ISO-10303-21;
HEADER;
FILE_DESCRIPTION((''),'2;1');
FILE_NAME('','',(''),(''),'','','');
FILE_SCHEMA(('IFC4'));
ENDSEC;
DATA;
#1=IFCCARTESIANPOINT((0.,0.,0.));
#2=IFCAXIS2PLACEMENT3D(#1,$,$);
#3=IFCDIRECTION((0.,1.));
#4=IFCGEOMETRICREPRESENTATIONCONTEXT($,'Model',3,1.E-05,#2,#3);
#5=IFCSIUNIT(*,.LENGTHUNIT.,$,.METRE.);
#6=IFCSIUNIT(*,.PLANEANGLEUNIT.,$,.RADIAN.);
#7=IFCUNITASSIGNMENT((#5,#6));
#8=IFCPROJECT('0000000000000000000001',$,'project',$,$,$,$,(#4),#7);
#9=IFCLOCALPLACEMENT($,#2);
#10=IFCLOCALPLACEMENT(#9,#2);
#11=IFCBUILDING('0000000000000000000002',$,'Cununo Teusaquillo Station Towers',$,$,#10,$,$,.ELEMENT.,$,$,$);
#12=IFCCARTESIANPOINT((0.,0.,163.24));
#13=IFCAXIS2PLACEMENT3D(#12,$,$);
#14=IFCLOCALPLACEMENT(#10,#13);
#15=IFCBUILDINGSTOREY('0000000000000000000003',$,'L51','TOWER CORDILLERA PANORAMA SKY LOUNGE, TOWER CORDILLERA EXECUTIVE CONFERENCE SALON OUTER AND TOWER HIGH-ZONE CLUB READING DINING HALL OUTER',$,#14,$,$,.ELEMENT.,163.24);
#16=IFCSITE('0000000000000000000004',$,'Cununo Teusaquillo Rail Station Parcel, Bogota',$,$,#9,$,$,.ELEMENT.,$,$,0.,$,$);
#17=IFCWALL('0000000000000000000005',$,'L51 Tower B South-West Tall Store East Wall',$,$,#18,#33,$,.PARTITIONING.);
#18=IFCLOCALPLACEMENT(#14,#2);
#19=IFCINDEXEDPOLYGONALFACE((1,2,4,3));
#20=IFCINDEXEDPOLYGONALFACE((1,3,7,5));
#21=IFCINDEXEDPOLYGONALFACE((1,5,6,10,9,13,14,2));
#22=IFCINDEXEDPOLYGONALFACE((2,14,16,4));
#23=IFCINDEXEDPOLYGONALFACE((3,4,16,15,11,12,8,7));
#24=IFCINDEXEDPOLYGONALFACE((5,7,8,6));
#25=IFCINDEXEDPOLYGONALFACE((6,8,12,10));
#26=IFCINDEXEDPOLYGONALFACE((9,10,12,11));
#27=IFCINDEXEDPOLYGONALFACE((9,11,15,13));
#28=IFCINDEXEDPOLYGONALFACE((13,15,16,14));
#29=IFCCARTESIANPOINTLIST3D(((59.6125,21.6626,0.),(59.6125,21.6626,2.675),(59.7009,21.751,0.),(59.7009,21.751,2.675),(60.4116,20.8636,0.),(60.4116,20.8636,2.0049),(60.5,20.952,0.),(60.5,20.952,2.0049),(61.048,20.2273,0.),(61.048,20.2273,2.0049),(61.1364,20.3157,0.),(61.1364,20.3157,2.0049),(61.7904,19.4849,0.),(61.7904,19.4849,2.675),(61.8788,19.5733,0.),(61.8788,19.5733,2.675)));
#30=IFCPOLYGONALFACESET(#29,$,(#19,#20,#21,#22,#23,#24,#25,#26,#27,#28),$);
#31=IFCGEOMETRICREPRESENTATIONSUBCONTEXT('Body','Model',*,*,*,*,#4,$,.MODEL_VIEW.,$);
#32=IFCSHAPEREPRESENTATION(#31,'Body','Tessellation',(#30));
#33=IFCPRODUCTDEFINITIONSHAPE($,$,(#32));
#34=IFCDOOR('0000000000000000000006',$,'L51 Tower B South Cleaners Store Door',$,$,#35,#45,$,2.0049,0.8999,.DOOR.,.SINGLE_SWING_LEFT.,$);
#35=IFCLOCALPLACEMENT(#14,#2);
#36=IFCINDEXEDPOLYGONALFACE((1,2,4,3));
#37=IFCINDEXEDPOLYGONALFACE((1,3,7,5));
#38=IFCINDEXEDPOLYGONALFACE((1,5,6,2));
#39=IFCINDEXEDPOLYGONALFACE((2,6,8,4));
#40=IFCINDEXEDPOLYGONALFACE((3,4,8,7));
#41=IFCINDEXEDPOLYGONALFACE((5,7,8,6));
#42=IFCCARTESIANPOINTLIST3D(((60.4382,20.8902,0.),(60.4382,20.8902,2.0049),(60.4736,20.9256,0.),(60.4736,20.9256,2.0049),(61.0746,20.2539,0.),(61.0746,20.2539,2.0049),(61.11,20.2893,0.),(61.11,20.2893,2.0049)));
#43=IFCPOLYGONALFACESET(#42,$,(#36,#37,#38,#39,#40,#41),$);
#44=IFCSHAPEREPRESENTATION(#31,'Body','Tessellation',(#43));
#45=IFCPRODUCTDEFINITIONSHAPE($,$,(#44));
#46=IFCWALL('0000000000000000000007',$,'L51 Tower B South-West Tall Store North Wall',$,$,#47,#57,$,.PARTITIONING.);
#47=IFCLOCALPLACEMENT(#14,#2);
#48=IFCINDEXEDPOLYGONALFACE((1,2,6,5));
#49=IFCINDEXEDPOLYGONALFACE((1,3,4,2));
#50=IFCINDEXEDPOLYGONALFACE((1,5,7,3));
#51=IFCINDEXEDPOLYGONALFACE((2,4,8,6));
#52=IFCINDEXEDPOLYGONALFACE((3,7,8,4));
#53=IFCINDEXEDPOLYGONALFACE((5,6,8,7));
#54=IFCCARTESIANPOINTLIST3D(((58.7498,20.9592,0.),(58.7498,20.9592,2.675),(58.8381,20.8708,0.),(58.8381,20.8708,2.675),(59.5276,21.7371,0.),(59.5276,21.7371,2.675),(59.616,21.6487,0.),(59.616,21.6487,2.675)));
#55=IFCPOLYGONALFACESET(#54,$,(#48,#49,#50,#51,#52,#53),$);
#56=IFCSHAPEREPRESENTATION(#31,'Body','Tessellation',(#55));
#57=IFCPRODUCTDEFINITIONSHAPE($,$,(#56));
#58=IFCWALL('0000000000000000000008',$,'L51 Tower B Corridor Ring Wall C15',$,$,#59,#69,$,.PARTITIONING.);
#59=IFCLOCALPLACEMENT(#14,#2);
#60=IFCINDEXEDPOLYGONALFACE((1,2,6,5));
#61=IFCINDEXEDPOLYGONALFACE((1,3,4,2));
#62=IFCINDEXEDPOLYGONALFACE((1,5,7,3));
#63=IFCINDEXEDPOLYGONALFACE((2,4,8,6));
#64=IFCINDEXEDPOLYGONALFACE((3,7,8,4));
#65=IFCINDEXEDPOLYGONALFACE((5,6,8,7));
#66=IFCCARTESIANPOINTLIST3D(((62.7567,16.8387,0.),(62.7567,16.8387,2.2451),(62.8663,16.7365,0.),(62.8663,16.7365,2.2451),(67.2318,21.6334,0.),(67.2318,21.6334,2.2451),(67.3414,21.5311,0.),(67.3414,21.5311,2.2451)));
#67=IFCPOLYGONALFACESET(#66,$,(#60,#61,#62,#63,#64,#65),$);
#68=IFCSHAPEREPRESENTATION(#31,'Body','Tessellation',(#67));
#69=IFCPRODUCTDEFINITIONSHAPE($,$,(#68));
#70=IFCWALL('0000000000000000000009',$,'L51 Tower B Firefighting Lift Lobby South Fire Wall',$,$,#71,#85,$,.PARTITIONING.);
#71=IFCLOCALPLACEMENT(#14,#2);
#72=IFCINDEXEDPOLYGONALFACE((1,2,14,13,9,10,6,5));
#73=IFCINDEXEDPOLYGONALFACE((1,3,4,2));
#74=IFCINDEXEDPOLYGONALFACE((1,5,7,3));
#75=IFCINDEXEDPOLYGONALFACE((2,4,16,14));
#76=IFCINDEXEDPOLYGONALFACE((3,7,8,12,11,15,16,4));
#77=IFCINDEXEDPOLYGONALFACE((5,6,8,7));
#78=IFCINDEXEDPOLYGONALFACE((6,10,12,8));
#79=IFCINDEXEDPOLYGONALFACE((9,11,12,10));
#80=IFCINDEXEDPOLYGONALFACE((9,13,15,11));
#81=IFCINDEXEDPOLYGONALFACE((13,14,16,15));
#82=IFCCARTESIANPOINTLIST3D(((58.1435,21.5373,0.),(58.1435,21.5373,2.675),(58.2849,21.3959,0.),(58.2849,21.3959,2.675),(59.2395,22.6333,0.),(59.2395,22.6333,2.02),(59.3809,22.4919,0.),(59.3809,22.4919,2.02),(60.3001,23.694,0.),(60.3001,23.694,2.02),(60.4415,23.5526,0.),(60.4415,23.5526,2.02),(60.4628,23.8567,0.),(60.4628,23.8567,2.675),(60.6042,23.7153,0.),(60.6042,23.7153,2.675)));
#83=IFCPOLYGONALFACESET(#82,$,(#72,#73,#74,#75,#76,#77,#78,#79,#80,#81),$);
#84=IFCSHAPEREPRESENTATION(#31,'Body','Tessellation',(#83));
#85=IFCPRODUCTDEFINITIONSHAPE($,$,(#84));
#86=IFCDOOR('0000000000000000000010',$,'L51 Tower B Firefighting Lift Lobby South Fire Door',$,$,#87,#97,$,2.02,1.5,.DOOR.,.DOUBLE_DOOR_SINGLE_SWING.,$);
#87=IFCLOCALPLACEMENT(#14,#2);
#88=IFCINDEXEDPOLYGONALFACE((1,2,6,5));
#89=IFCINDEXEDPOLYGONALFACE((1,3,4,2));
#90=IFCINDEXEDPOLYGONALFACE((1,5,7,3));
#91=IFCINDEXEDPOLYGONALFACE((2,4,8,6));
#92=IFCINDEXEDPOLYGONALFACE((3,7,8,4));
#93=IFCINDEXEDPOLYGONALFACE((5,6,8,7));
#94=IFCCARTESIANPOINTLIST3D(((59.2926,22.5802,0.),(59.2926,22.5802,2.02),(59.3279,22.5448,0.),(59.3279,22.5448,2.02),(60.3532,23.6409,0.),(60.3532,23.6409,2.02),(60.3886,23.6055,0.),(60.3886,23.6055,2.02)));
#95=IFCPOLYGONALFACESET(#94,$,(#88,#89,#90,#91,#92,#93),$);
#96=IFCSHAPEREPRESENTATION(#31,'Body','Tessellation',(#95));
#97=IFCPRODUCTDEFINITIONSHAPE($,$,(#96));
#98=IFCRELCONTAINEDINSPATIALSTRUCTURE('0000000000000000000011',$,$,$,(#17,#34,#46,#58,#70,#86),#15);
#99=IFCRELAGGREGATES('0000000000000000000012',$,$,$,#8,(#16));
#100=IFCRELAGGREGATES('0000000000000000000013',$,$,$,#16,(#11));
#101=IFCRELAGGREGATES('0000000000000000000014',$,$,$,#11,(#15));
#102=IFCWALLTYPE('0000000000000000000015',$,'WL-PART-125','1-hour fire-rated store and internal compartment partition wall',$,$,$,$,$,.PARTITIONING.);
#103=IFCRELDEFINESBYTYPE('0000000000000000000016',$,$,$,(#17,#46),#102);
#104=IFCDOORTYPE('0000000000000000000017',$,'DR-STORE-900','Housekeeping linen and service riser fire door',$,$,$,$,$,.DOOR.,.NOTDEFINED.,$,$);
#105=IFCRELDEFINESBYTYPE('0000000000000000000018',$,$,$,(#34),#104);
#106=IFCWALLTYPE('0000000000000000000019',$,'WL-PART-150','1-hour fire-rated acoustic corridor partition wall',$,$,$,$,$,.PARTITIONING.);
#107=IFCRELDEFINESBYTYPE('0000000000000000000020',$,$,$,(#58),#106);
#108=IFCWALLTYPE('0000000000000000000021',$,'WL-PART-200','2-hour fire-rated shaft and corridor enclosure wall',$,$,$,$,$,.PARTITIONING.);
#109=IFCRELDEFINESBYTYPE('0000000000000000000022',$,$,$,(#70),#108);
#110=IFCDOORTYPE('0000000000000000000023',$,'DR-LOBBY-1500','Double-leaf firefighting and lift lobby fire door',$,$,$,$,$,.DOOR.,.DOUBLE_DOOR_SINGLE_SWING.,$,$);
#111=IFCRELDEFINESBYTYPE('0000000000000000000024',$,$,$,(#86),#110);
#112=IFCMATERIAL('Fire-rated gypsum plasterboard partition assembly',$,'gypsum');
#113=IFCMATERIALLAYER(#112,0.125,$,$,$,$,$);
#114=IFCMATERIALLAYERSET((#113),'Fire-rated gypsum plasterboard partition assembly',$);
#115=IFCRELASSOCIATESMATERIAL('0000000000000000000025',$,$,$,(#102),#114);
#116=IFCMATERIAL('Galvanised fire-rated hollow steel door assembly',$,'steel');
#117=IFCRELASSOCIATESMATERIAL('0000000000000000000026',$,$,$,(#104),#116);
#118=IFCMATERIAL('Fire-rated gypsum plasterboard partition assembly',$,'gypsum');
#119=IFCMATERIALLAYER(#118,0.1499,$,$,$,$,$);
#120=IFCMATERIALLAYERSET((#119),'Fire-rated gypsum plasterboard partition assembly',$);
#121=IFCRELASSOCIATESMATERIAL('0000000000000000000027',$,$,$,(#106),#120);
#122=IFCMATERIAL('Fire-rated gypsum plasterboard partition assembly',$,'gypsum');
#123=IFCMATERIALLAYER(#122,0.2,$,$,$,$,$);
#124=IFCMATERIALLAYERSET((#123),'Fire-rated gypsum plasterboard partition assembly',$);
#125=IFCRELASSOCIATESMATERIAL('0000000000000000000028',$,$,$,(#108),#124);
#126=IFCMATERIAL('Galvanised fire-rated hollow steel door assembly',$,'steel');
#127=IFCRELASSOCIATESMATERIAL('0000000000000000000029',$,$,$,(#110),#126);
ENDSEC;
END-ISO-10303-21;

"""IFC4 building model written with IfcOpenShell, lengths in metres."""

from ifc_helpers import new_model, si_unit, direction, frame, frame_2d, origin, place, context, subcontext, project, spatial, rectangle, extrude, source, transform, mapped, material, layer, layer_set, type_object, element, fill, save


model = new_model("IFC4")

# Units and contexts
model_context = context("Model", 3, precision=1e-05, world=origin(), true_north=direction((0.0, 1.0)))
body_context = subcontext(model_context, "Body", "Model", "MODEL_VIEW")
ifc_project = project(units=[si_unit("LENGTHUNIT", "METRE"), si_unit("PLANEANGLEUNIT", "RADIAN")], contexts=[model_context])

# Site, building, storey
site_placement = place(None, origin())
site = spatial("IfcSite", under=ifc_project, at=site_placement, Name="Cununo Teusaquillo Rail Station Parcel, Bogota", CompositionType="ELEMENT", RefElevation=0.0)
building_placement = place(site_placement, origin())
building = spatial("IfcBuilding", under=site, at=building_placement, Name="Cununo Teusaquillo Station Towers", CompositionType="ELEMENT")
storey_placement = place(building_placement, frame((0.0, 0.0, 163.24)))
storey = spatial("IfcBuildingStorey", under=building, at=storey_placement, Name="L51", Description="TOWER CORDILLERA PANORAMA SKY LOUNGE, TOWER CORDILLERA EXECUTIVE CONFERENCE SALON OUTER AND TOWER HIGH-ZONE CLUB READING DINING HALL OUTER", CompositionType="ELEMENT", Elevation=163.24)

# Wall, opening, door
ifc_material_1 = material(Name="Fire-rated gypsum plasterboard partition assembly", Category="gypsum")
ifc_layer_1 = layer(ifc_material_1, 0.125)
ifc_layer_set_1 = layer_set([ifc_layer_1], Name="Fire-rated gypsum plasterboard partition assembly")
wall_type_1 = type_object("IfcWallType", Name="WL-PART-125", Description="1-hour fire-rated store and internal compartment partition wall", PredefinedType="PARTITIONING", material=ifc_layer_set_1)
wall_1_placement = place(storey_placement, frame((61.8347, 19.5291, 0.0), z_axis=(0.0, 0.0, 1.0), x_axis=(-0.707146, 0.707067, 0.0)))
wall_1 = element("IfcWall", 1, at=wall_1_placement, inside=storey, type_object=wall_type_1, Name="L51 Tower B South-West Tall Store East Wall", PredefinedType="PARTITIONING", context=body_context, shape_type="SweptSolid", body=[
    extrude(rectangle(XDim=3.0798, YDim=0.125, at=frame_2d((1.54, 0.0))), origin(), (0.0, 0.0, 1.0), 2.675),
])
shared_shape_1 = source(origin(), body_context, "Body", "SweptSolid", [
    extrude(rectangle(XDim=0.8999, YDim=2.0049, at=frame_2d((0.45, 1.0024))), frame((0.0, 0.0725, 0.0), z_axis=(0.0, -1.0, 0.0), x_axis=(1.0, 0.0, 0.0)), (0.0, 0.0, 1.0), 0.145),
])
opening_1_placement = place(wall_1_placement, frame((1.05, 0.0, 0.0)))
opening_1 = element("IfcOpeningElement", 2, at=opening_1_placement, cuts=wall_1, PredefinedType="OPENING", context=body_context, shape_type="MappedRepresentation", body=[
    mapped(shared_shape_1, transform((0.0, 0.0, 0.0), x_axis=(1.0, 0.0, 0.0), y_axis=(0.0, 1.0, 0.0), z_axis=(0.0, 0.0, 1.0), scale=1.0)),
])
ifc_material_2 = material(Name="Galvanised fire-rated hollow steel door assembly", Category="steel")
door_type_1 = type_object("IfcDoorType", Name="DR-STORE-900", Description="Housekeeping linen and service riser fire door", OperationType="NOTDEFINED", PredefinedType="DOOR", material=ifc_material_2)
shared_shape_2 = source(origin(), body_context, "Body", "SweptSolid", [
    extrude(rectangle(XDim=0.8999, YDim=2.0049, at=frame_2d((0.45, 1.0024))), frame((0.0, 0.0249, 0.0), z_axis=(0.0, -1.0, 0.0), x_axis=(1.0, 0.0, 0.0)), (0.0, 0.0, 1.0), 0.05),
])
door_1_placement = place(opening_1_placement, origin())
door_1 = element("IfcDoor", 3, at=door_1_placement, inside=storey, type_object=door_type_1, Name="L51 Tower B South Cleaners Store Door", OperationType="SINGLE_SWING_LEFT", OverallHeight=2.0049, OverallWidth=0.8999, PredefinedType="DOOR", context=body_context, shape_type="MappedRepresentation", body=[
    mapped(shared_shape_2, transform((0.0, 0.0, 0.0), x_axis=(1.0, 0.0, 0.0), y_axis=(0.0, 1.0, 0.0), z_axis=(0.0, 0.0, 1.0), scale=1.0)),
])
fill(opening_1, door_1)

# Walls
wall_2_placement = place(storey_placement, frame((58.7939, 20.915, 0.0), z_axis=(0.0, 0.0, 1.0), x_axis=(0.707107, 0.707107, 0.0)))
element("IfcWall", 4, at=wall_2_placement, inside=storey, type_object=wall_type_1, Name="L51 Tower B South-West Tall Store North Wall", PredefinedType="PARTITIONING", context=body_context, shape_type="SweptSolid", body=[
    extrude(rectangle(XDim=1.1001, YDim=0.125, at=frame_2d((0.55, 0.0))), origin(), (0.0, 0.0, 1.0), 2.675),
])
ifc_material_3 = material(Name="Fire-rated gypsum plasterboard partition assembly", Category="gypsum")
ifc_layer_2 = layer(ifc_material_3, 0.1499)
ifc_layer_set_2 = layer_set([ifc_layer_2], Name="Fire-rated gypsum plasterboard partition assembly")
wall_type_2 = type_object("IfcWallType", Name="WL-PART-150", Description="1-hour fire-rated acoustic corridor partition wall", PredefinedType="PARTITIONING", material=ifc_layer_set_2)
wall_3_placement = place(storey_placement, frame((62.8115, 16.7876, 0.0), z_axis=(0.0, 0.0, 1.0), x_axis=(0.682324, 0.73105, 0.0)))
element("IfcWall", 5, at=wall_3_placement, inside=storey, type_object=wall_type_2, Name="L51 Tower B Corridor Ring Wall C15", PredefinedType="PARTITIONING", context=body_context, shape_type="SweptSolid", body=[
    extrude(rectangle(XDim=6.5586, YDim=0.1499, at=frame_2d((3.2793, 0.0))), origin(), (0.0, 0.0, 1.0), 2.2451),
])

# Wall, opening, door
ifc_material_4 = material(Name="Fire-rated gypsum plasterboard partition assembly", Category="gypsum")
ifc_layer_3 = layer(ifc_material_4, 0.2)
ifc_layer_set_3 = layer_set([ifc_layer_3], Name="Fire-rated gypsum plasterboard partition assembly")
wall_type_3 = type_object("IfcWallType", Name="WL-PART-200", Description="2-hour fire-rated shaft and corridor enclosure wall", PredefinedType="PARTITIONING", material=ifc_layer_set_3)
wall_4_placement = place(storey_placement, frame((58.2141, 21.4666, 0.0), z_axis=(0.0, 0.0, 1.0), x_axis=(0.707107, 0.707107, 0.0)))
wall_4 = element("IfcWall", 6, at=wall_4_placement, inside=storey, type_object=wall_type_3, Name="L51 Tower B Firefighting Lift Lobby South Fire Wall", PredefinedType="PARTITIONING", context=body_context, shape_type="SweptSolid", body=[
    extrude(rectangle(XDim=3.28, YDim=0.2, at=frame_2d((1.6401, 0.0))), origin(), (0.0, 0.0, 1.0), 2.675),
])
shared_shape_3 = source(origin(), body_context, "Body", "SweptSolid", [
    extrude(rectangle(XDim=1.5, YDim=2.02, at=frame_2d((0.75, 1.01))), frame((0.0, 0.1099, 0.0), z_axis=(0.0, -1.0, 0.0), x_axis=(1.0, 0.0, 0.0)), (0.0, 0.0, 1.0), 0.22),
])
opening_2_placement = place(wall_4_placement, frame((1.55, 0.0, 0.0)))
opening_2 = element("IfcOpeningElement", 7, at=opening_2_placement, cuts=wall_4, PredefinedType="OPENING", context=body_context, shape_type="MappedRepresentation", body=[
    mapped(shared_shape_3, transform((0.0, 0.0, 0.0), x_axis=(1.0, 0.0, 0.0), y_axis=(0.0, 1.0, 0.0), z_axis=(0.0, 0.0, 1.0), scale=1.0)),
])
ifc_material_5 = material(Name="Galvanised fire-rated hollow steel door assembly", Category="steel")
door_type_2 = type_object("IfcDoorType", Name="DR-LOBBY-1500", Description="Double-leaf firefighting and lift lobby fire door", OperationType="DOUBLE_DOOR_SINGLE_SWING", PredefinedType="DOOR", material=ifc_material_5)
shared_shape_4 = source(origin(), body_context, "Body", "SweptSolid", [
    extrude(rectangle(XDim=1.5, YDim=2.02, at=frame_2d((0.75, 1.01))), frame((0.0, 0.0249, 0.0), z_axis=(0.0, -1.0, 0.0), x_axis=(1.0, 0.0, 0.0)), (0.0, 0.0, 1.0), 0.05),
])
door_2_placement = place(opening_2_placement, origin())
door_2 = element("IfcDoor", 8, at=door_2_placement, inside=storey, type_object=door_type_2, Name="L51 Tower B Firefighting Lift Lobby South Fire Door", OperationType="DOUBLE_DOOR_SINGLE_SWING", OverallHeight=2.02, OverallWidth=1.5, PredefinedType="DOOR", context=body_context, shape_type="MappedRepresentation", body=[
    mapped(shared_shape_4, transform((0.0, 0.0, 0.0), x_axis=(1.0, 0.0, 0.0), y_axis=(0.0, 1.0, 0.0), z_axis=(0.0, 0.0, 1.0), scale=1.0)),
])
fill(opening_2, door_2)

save(model, "model.ifc")
